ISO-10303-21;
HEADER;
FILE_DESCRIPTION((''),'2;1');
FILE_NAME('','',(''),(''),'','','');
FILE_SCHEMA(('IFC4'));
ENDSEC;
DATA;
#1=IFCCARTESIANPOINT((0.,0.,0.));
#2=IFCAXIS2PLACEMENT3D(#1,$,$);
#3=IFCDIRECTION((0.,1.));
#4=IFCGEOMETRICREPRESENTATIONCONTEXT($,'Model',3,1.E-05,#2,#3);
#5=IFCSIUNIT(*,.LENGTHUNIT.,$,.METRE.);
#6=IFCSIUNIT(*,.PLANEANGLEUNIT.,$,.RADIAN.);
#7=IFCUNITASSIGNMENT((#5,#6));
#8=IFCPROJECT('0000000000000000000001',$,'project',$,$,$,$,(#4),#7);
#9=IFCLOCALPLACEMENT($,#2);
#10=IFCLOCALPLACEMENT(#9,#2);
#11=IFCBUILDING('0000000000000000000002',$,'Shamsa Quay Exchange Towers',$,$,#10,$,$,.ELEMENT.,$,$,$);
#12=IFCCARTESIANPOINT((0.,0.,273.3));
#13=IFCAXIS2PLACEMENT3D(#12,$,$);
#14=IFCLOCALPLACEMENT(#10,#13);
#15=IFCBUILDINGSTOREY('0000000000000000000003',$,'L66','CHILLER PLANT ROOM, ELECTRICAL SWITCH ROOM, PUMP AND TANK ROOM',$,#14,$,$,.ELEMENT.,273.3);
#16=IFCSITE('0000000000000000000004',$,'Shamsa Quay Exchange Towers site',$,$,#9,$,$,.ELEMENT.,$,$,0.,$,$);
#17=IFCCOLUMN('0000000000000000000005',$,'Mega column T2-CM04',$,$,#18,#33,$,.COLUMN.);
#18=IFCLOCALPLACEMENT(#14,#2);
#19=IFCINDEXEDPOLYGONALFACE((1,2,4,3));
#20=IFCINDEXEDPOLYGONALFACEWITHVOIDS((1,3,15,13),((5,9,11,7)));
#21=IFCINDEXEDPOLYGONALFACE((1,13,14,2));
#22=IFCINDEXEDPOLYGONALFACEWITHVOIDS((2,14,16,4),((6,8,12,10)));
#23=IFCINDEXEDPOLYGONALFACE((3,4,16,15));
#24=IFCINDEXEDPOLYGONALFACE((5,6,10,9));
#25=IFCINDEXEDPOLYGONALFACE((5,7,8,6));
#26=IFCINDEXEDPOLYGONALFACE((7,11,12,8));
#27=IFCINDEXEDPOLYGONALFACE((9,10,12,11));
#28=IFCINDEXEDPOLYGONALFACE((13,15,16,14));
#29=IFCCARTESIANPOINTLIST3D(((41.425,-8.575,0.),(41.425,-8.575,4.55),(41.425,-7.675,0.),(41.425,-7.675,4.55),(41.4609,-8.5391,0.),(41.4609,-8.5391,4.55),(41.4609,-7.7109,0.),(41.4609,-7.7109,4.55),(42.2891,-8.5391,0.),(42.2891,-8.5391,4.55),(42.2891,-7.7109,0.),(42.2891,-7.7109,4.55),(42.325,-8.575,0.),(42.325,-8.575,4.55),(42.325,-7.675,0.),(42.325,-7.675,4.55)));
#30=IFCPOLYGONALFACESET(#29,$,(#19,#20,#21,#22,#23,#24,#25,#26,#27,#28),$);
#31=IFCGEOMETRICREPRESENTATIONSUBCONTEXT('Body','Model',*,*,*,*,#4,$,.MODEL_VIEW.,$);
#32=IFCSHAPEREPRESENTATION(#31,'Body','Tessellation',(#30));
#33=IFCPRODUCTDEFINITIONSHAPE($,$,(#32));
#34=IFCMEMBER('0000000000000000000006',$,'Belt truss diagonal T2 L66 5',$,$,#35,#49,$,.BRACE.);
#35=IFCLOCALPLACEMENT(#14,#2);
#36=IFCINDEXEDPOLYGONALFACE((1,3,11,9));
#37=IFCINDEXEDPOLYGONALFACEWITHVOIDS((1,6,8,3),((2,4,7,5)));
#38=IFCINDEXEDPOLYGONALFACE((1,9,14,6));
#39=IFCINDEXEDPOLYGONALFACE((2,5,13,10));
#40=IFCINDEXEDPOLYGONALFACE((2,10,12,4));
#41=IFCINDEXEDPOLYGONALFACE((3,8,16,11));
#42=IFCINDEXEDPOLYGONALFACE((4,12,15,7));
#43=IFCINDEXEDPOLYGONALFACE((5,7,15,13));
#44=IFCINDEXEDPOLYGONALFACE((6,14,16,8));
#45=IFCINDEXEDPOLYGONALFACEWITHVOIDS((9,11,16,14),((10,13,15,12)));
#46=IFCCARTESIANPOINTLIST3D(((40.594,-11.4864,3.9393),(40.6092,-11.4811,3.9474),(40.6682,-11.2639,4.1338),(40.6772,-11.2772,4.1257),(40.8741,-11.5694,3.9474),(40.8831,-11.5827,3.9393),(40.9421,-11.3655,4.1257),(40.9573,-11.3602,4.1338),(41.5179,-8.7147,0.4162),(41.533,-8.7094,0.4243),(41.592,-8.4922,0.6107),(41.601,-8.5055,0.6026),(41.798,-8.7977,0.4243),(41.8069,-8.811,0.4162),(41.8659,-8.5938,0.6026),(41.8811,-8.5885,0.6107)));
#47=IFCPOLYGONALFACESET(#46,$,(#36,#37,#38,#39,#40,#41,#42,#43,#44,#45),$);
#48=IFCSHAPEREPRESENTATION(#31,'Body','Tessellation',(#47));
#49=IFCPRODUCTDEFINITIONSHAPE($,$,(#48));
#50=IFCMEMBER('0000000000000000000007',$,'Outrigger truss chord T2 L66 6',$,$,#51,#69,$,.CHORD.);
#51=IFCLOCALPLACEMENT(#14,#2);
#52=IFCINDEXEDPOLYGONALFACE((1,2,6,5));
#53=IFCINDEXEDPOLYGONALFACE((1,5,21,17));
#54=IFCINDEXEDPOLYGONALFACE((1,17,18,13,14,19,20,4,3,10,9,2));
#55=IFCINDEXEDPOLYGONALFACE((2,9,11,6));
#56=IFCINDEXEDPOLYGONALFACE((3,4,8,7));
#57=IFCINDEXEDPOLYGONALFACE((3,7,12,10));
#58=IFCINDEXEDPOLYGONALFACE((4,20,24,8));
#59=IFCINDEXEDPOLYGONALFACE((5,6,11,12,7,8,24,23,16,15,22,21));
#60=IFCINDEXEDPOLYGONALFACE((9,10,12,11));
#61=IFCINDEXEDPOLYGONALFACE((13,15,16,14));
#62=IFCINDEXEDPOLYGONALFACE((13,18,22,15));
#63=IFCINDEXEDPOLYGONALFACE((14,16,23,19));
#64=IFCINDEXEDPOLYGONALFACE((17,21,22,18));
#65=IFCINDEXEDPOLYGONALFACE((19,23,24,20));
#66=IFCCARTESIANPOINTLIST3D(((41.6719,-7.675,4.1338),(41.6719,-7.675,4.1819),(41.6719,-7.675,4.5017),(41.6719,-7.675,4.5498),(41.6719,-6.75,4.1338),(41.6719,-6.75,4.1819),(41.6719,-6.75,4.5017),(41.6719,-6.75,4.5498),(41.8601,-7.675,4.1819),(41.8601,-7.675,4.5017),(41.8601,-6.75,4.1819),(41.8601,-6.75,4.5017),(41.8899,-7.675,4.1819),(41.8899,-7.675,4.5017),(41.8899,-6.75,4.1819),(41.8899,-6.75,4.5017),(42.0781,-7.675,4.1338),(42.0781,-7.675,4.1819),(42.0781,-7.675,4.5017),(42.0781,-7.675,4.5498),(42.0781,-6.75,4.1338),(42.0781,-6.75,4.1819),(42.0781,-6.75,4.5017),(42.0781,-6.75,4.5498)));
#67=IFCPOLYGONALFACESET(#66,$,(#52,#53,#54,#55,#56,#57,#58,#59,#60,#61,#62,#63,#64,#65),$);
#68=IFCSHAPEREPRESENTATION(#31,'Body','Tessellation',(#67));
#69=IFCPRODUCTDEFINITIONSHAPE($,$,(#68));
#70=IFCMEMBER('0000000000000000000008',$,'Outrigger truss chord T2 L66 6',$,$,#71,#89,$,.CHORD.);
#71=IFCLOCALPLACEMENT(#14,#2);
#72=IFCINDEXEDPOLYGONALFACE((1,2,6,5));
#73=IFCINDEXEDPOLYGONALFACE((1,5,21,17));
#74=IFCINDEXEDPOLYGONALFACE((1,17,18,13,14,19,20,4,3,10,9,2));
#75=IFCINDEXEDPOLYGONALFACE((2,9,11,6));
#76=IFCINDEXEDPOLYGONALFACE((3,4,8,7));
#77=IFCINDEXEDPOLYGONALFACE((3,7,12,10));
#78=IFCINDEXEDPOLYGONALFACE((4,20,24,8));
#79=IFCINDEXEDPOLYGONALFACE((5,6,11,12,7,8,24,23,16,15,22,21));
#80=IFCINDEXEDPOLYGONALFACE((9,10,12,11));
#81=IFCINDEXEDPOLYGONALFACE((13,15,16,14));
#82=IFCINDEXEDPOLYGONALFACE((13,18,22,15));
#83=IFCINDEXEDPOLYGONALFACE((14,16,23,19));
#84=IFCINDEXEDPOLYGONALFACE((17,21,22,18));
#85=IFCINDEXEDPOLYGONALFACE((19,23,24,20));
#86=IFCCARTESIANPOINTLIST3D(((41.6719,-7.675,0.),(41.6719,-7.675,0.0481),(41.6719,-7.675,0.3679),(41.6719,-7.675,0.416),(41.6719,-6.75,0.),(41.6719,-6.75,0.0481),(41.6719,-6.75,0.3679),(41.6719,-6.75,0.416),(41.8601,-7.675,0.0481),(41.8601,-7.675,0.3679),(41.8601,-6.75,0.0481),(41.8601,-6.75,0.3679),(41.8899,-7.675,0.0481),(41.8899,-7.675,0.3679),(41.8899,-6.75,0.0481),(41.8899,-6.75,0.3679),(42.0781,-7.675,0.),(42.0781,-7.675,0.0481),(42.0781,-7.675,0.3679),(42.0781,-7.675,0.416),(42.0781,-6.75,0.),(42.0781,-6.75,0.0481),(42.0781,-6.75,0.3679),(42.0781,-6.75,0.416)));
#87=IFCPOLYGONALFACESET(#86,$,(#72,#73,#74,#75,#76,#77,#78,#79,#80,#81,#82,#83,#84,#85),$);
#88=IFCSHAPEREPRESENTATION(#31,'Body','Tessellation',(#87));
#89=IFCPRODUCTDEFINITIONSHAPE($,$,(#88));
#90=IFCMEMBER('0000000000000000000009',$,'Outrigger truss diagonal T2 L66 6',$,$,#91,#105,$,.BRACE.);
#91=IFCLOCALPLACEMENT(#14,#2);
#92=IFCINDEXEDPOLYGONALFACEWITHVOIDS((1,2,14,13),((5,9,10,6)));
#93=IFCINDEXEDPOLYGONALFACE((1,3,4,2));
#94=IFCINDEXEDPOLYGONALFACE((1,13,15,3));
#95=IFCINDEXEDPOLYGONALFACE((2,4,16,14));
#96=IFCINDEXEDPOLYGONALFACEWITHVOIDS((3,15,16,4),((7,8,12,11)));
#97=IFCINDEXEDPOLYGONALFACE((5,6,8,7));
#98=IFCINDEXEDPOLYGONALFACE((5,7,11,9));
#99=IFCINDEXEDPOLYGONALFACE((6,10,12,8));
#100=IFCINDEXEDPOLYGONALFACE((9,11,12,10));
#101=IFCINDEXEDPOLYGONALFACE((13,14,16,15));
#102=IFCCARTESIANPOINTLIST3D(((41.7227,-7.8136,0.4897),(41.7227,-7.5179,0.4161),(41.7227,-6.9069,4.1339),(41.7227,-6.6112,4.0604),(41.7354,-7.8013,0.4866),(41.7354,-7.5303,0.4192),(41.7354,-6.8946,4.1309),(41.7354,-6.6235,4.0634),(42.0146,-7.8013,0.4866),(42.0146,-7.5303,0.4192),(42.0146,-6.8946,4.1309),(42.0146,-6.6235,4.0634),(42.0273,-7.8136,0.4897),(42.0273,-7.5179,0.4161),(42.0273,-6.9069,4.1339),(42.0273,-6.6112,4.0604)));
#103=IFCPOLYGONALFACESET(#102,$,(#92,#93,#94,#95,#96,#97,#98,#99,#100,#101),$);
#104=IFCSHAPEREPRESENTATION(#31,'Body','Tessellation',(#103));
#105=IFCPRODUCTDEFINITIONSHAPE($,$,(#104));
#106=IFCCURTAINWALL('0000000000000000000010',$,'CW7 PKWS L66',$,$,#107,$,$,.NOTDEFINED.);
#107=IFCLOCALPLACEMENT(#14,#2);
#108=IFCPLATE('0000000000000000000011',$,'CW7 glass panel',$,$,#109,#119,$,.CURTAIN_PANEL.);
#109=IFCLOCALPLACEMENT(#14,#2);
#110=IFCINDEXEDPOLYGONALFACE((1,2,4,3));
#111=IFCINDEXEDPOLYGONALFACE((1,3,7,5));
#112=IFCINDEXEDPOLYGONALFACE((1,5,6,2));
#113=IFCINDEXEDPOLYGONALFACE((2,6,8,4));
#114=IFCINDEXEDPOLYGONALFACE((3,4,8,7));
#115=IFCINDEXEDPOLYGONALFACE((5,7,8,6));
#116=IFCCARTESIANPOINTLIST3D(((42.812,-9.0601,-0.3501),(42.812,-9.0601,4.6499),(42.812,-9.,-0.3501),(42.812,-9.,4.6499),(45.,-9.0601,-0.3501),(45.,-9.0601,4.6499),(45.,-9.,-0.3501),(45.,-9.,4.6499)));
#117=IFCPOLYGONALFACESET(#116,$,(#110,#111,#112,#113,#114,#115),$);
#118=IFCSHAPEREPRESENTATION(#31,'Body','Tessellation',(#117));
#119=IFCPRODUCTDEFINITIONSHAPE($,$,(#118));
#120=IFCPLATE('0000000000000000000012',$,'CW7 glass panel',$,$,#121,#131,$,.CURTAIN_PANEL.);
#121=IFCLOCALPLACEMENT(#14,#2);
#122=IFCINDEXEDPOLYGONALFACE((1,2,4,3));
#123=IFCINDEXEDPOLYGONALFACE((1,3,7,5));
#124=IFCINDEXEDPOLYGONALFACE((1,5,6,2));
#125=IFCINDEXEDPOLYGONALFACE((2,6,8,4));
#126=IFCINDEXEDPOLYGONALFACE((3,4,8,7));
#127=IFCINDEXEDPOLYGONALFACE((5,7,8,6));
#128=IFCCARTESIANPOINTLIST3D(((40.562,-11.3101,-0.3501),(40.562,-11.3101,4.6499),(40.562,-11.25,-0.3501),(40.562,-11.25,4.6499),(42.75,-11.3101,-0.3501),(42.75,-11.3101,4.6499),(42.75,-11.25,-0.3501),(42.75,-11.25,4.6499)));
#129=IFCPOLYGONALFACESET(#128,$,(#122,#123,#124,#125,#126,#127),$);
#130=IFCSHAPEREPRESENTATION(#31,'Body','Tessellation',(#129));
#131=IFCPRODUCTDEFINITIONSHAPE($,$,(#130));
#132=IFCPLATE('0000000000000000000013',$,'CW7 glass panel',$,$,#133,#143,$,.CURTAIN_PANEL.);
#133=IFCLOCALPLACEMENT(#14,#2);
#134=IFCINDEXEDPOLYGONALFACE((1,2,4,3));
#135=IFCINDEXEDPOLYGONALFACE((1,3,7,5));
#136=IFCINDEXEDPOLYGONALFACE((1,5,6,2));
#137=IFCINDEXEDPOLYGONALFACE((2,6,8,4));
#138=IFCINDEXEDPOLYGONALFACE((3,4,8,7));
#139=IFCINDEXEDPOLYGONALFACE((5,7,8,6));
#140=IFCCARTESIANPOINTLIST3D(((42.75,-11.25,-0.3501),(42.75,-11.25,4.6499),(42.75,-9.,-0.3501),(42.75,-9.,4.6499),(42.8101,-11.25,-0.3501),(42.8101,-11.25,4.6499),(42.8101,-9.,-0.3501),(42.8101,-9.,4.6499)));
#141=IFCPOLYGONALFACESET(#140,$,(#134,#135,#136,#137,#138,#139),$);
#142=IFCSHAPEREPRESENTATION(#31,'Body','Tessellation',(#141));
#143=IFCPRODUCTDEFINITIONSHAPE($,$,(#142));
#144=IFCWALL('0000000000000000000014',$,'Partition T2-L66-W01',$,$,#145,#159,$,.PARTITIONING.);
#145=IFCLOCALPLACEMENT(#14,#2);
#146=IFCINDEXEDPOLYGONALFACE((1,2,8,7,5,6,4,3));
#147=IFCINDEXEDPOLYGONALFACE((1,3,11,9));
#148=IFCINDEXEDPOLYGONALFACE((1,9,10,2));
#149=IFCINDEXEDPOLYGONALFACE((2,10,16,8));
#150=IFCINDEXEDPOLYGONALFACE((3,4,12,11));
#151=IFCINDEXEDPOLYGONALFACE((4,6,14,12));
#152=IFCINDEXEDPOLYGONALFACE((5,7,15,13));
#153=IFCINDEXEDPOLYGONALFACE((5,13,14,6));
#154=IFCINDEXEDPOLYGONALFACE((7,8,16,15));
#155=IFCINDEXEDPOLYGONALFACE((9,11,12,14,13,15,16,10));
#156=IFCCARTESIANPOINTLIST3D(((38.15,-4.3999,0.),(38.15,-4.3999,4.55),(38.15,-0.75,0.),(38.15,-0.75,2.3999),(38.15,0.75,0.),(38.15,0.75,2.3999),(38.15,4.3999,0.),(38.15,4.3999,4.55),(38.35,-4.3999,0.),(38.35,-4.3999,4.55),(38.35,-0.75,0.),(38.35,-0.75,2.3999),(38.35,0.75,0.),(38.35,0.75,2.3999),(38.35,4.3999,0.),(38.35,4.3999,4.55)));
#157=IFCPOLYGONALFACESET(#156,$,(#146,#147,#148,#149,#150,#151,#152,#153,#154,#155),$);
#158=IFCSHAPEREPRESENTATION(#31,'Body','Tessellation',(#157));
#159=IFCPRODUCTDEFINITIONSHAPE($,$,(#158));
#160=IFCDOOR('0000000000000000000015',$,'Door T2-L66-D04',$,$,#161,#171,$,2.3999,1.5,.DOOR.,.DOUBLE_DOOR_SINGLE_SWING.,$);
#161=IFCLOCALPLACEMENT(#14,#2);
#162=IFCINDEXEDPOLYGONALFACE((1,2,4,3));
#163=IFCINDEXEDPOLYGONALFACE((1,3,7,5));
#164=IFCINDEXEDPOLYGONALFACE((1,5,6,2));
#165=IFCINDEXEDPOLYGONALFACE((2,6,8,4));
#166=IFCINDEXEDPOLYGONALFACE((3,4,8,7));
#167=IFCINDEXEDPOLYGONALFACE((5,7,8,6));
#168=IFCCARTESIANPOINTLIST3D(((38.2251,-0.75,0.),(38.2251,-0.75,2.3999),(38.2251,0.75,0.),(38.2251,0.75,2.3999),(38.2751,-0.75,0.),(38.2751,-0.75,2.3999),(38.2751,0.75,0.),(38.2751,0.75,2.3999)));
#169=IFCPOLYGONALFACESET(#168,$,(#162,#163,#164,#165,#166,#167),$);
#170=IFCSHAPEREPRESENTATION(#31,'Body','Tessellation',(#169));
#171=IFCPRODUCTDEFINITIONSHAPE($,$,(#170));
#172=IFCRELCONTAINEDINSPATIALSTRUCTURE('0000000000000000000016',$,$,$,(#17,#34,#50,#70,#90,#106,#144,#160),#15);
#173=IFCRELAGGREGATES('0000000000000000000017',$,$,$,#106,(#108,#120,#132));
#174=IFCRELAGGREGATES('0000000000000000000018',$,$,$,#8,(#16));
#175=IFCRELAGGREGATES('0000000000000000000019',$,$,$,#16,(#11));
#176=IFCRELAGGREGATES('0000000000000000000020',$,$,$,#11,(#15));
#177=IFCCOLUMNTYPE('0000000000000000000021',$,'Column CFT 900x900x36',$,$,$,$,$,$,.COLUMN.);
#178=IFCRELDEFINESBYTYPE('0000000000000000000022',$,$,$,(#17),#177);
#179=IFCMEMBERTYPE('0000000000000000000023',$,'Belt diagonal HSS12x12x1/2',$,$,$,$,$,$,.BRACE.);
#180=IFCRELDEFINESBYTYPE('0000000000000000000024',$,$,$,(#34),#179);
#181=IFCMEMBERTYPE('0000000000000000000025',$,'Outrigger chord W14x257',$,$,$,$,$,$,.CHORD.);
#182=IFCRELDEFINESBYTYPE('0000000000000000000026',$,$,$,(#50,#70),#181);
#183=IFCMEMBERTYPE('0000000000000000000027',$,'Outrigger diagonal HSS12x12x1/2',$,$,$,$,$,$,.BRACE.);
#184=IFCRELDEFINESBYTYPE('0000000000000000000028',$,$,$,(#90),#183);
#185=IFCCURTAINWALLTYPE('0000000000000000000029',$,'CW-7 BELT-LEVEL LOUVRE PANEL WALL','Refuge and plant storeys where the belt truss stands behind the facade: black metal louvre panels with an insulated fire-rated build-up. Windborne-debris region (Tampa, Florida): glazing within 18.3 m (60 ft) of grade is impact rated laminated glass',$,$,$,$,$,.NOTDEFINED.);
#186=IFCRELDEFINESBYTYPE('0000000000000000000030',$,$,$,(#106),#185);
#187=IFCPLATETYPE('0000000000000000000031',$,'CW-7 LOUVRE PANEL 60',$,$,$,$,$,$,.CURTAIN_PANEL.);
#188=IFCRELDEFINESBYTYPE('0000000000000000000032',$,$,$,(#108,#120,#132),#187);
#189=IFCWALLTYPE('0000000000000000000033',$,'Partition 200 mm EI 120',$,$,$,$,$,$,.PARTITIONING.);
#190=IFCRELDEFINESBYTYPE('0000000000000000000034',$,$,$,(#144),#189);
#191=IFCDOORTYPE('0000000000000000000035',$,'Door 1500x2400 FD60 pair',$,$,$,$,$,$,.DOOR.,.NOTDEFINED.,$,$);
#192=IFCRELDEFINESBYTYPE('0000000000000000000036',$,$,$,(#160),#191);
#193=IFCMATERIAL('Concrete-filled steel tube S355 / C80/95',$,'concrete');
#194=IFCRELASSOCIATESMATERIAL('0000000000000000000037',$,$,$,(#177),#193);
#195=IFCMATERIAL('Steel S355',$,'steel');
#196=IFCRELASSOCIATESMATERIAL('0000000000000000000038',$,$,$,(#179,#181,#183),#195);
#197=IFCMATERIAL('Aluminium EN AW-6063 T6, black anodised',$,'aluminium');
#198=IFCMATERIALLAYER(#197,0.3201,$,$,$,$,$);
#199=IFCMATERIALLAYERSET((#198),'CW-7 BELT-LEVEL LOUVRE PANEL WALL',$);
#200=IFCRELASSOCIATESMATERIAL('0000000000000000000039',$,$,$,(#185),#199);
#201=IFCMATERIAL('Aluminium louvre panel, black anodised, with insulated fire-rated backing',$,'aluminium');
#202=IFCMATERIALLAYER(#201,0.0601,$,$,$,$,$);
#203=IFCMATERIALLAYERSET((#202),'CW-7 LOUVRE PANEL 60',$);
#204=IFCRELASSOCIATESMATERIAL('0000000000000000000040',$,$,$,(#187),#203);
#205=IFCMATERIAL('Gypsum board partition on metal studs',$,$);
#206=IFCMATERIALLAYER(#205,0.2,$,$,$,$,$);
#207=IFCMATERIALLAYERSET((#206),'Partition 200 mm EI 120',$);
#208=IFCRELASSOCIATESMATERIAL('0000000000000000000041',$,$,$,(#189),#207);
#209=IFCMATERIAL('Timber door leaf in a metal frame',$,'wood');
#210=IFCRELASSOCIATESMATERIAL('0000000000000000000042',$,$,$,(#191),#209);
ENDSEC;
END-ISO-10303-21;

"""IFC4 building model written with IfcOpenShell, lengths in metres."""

from ifc_helpers import new_model, si_unit, direction, frame, frame_2d, origin, origin_2d, place, context, subcontext, project, spatial, rectangle, hollow_rectangle, i_section, extrude, material, layer, layer_set, material_profile, profile_set, type_object, element, fill, aggregate, save


model = new_model("IFC4")

# Units and contexts
model_context = context("Model", 3, precision=1e-05, world=origin(), true_north=direction((0.0, 1.0)))
body_context = subcontext(model_context, "Body", "Model", "MODEL_VIEW")
ifc_project = project(units=[si_unit("LENGTHUNIT", "METRE"), si_unit("PLANEANGLEUNIT", "RADIAN")], contexts=[model_context])

# Site, building, storey
site_placement = place(None, origin())
site = spatial("IfcSite", under=ifc_project, at=site_placement, Name="Shamsa Quay Exchange Towers site", CompositionType="ELEMENT", RefElevation=0.0)
building_placement = place(site_placement, origin())
building = spatial("IfcBuilding", under=site, at=building_placement, Name="Shamsa Quay Exchange Towers", CompositionType="ELEMENT")
storey_placement = place(building_placement, frame((0.0, 0.0, 273.3)))
storey = spatial("IfcBuildingStorey", under=building, at=storey_placement, Name="L66", Description="CHILLER PLANT ROOM, ELECTRICAL SWITCH ROOM, PUMP AND TANK ROOM", CompositionType="ELEMENT", Elevation=273.3)

# Column
ifc_material_1 = material(Name="Concrete-filled steel tube S355 / C80/95", Category="concrete")
ifc_material_profile_1 = material_profile(ifc_material_1, hollow_rectangle(XDim=0.8999, YDim=0.8999, WallThickness=0.0359, at=origin_2d()), Name="CFT 900x900x36")
ifc_profile_set_1 = profile_set([ifc_material_profile_1], Name="Concrete-filled steel tube S355 / C80/95")
column_type = type_object("IfcColumnType", Name="Column CFT 900x900x36", PredefinedType="COLUMN", material=ifc_profile_set_1)
column_placement = place(storey_placement, frame((41.875, -8.125, 0.0)))
element("IfcColumn", 1, at=column_placement, inside=storey, type_object=column_type, Name="Mega column T2-CM04", PredefinedType="COLUMN", context=body_context, shape_type="SweptSolid", body=[
    extrude(hollow_rectangle(XDim=0.8999, YDim=0.8999, WallThickness=0.0359, at=origin_2d()), origin(), (0.0, 0.0, 1.0), 4.55),
])

# Members
ifc_material_2 = material(Name="Steel S355", Category="steel")
ifc_material_profile_2 = material_profile(ifc_material_2, hollow_rectangle(XDim=0.3047, YDim=0.3047, WallThickness=0.0127, at=origin_2d()), Name="HSS12x12x1/2")
ifc_profile_set_2 = profile_set([ifc_material_profile_2], Name="Steel S355")
member_type_1 = type_object("IfcMemberType", Name="Belt diagonal HSS12x12x1/2", PredefinedType="BRACE", material=ifc_profile_set_2)
member_1_placement = place(storey_placement, frame((41.6995, -8.6516, 0.5134), z_axis=(-0.201842, -0.605579, 0.769762), x_axis=(0.948692, -0.316203, 0.0)))
element("IfcMember", 2, at=member_1_placement, inside=storey, type_object=member_type_1, Name="Belt truss diagonal T2 L66 5", PredefinedType="BRACE", context=body_context, shape_type="SweptSolid", body=[
    extrude(hollow_rectangle(XDim=0.3047, YDim=0.3047, WallThickness=0.0127, at=origin_2d()), origin(), (0.0, 0.0, 1.0), 4.5769),
])
ifc_material_profile_3 = material_profile(ifc_material_2, i_section(OverallWidth=0.4062, OverallDepth=0.416, WebThickness=0.0298, FlangeThickness=0.0481, at=origin_2d()), Name="W14x257")
ifc_profile_set_3 = profile_set([ifc_material_profile_3], Name="Steel S355")
member_type_2 = type_object("IfcMemberType", Name="Outrigger chord W14x257", PredefinedType="CHORD", material=ifc_profile_set_3)
for number, where, z_axis, x_axis, name in (
    (3, (41.875, -7.675, 4.3418), (0.0, 1.0, 0.0), (-1.0, 0.0, 0.0), "Outrigger truss chord T2 L66 6"),
    (4, (41.875, -7.675, 0.208), (0.0, 1.0, 0.0), (-1.0, 0.0, 0.0), "Outrigger truss chord T2 L66 6"),
):
    element("IfcMember", number, at=place(storey_placement, frame(where, z_axis=z_axis, x_axis=x_axis)), inside=storey, type_object=member_type_2, Name=name, PredefinedType="CHORD", context=body_context, shape_type="SweptSolid", body=[
        extrude(i_section(OverallWidth=0.4062, OverallDepth=0.416, WebThickness=0.0298, FlangeThickness=0.0481, at=origin_2d()), origin(), (0.0, 0.0, 1.0), 0.925),
    ])
ifc_material_profile_4 = material_profile(ifc_material_2, hollow_rectangle(XDim=0.3047, YDim=0.3047, WallThickness=0.0127, at=origin_2d()), Name="HSS12x12x1/2")
ifc_profile_set_4 = profile_set([ifc_material_profile_4], Name="Steel S355")
member_type_3 = type_object("IfcMemberType", Name="Outrigger diagonal HSS12x12x1/2", PredefinedType="BRACE", material=ifc_profile_set_4)
member_2_placement = place(storey_placement, frame((41.875, -7.6658, 0.4529), z_axis=(0.0, 0.241449, 0.970413), x_axis=(-1.0, 0.0, 0.0)))
element("IfcMember", 5, at=member_2_placement, inside=storey, type_object=member_type_3, Name="Outrigger truss diagonal T2 L66 6", PredefinedType="BRACE", context=body_context, shape_type="SweptSolid", body=[
    extrude(hollow_rectangle(XDim=0.3047, YDim=0.3047, WallThickness=0.0127, at=origin_2d()), origin(), (0.0, 0.0, 1.0), 3.7554),
])

# Curtain wall, plates
ifc_material_3 = material(Name="Aluminium EN AW-6063 T6, black anodised", Category="aluminium")
ifc_layer_1 = layer(ifc_material_3, 0.3201)
ifc_layer_set_1 = layer_set([ifc_layer_1], Name="CW-7 BELT-LEVEL LOUVRE PANEL WALL")
curtain_wall_type = type_object("IfcCurtainWallType", Name="CW-7 BELT-LEVEL LOUVRE PANEL WALL", Description="Refuge and plant storeys where the belt truss stands behind the facade: black metal louvre panels with an insulated fire-rated build-up. Windborne-debris region (Tampa, Florida): glazing within 18.3 m (60 ft) of grade is impact rated laminated glass", PredefinedType="NOTDEFINED", material=ifc_layer_set_1)
curtain_wall_placement = place(storey_placement, origin())
curtain_wall = element("IfcCurtainWall", 6, at=curtain_wall_placement, inside=storey, type_object=curtain_wall_type, Name="CW7 PKWS L66", PredefinedType="NOTDEFINED")
ifc_material_4 = material(Name="Aluminium louvre panel, black anodised, with insulated fire-rated backing", Category="aluminium")
ifc_layer_2 = layer(ifc_material_4, 0.0601)
ifc_layer_set_2 = layer_set([ifc_layer_2], Name="CW-7 LOUVRE PANEL 60")
plate_type = type_object("IfcPlateType", Name="CW-7 LOUVRE PANEL 60", PredefinedType="CURTAIN_PANEL", material=ifc_layer_set_2)
plate_1_placement = place(storey_placement, frame((43.906, -9.03, -0.3501)))
plate_1 = element("IfcPlate", 7, at=plate_1_placement, type_object=plate_type, Name="CW7 glass panel", PredefinedType="CURTAIN_PANEL", context=body_context, shape_type="SweptSolid", body=[
    extrude(rectangle(XDim=2.188, YDim=0.0601, at=origin_2d()), origin(), (0.0, 0.0, 1.0), 5.0),
])
plate_2_placement = place(storey_placement, frame((41.656, -11.28, -0.3501)))
plate_2 = element("IfcPlate", 8, at=plate_2_placement, type_object=plate_type, Name="CW7 glass panel", PredefinedType="CURTAIN_PANEL", context=body_context, shape_type="SweptSolid", body=[
    extrude(rectangle(XDim=2.188, YDim=0.0601, at=origin_2d()), origin(), (0.0, 0.0, 1.0), 5.0),
])
plate_3_placement = place(storey_placement, frame((42.78, -10.125, -0.3501), z_axis=(0.0, 0.0, 1.0), x_axis=(0.0, 1.0, 0.0)))
plate_3 = element("IfcPlate", 9, at=plate_3_placement, type_object=plate_type, Name="CW7 glass panel", PredefinedType="CURTAIN_PANEL", context=body_context, shape_type="SweptSolid", body=[
    extrude(rectangle(XDim=2.25, YDim=0.0601, at=origin_2d()), origin(), (0.0, 0.0, 1.0), 5.0),
])
aggregate(curtain_wall, [plate_1, plate_2, plate_3])

# Wall, opening, door
ifc_material_5 = material(Name="Gypsum board partition on metal studs")
ifc_layer_3 = layer(ifc_material_5, 0.2)
ifc_layer_set_3 = layer_set([ifc_layer_3], Name="Partition 200 mm EI 120")
wall_type_1 = type_object("IfcWallType", Name="Partition 200 mm EI 120", PredefinedType="PARTITIONING", material=ifc_layer_set_3)
wall_1_placement = place(storey_placement, frame((38.25, -4.3999, 0.0), z_axis=(0.0, 0.0, 1.0), x_axis=(0.0, 1.0, 0.0)))
wall_1 = element("IfcWall", 10, at=wall_1_placement, inside=storey, type_object=wall_type_1, Name="Partition T2-L66-W01", PredefinedType="PARTITIONING", context=body_context, shape_type="SweptSolid", body=[
    extrude(rectangle(XDim=8.7998, YDim=0.2, at=frame_2d((4.3999, 0.0))), origin(), (0.0, 0.0, 1.0), 4.55),
])
opening_1_placement = place(wall_1_placement, frame((3.6499, 0.0, 0.0)))
opening_1 = element("IfcOpeningElement", 11, at=opening_1_placement, cuts=wall_1, PredefinedType="OPENING", context=body_context, shape_type="SweptSolid", body=[
    extrude(rectangle(XDim=1.5, YDim=2.3999, at=frame_2d((0.75, 1.2))), frame((0.0, 0.1099, 0.0), z_axis=(0.0, -1.0, 0.0), x_axis=(1.0, 0.0, 0.0)), (0.0, 0.0, 1.0), 0.22),
])
ifc_material_6 = material(Name="Timber door leaf in a metal frame", Category="wood")
door_type_1 = type_object("IfcDoorType", Name="Door 1500x2400 FD60 pair", OperationType="NOTDEFINED", PredefinedType="DOOR", material=ifc_material_6)
door_1_placement = place(opening_1_placement, origin())
door_1 = element("IfcDoor", 12, at=door_1_placement, inside=storey, type_object=door_type_1, Name="Door T2-L66-D04", OperationType="DOUBLE_DOOR_SINGLE_SWING", OverallHeight=2.3999, OverallWidth=1.5, PredefinedType="DOOR", context=body_context, shape_type="SweptSolid", body=[
    extrude(rectangle(XDim=1.5, YDim=2.3999, at=frame_2d((0.75, 1.2))), frame((0.0, 0.0249, 0.0), z_axis=(0.0, -1.0, 0.0), x_axis=(1.0, 0.0, 0.0)), (0.0, 0.0, 1.0), 0.05),
])
fill(opening_1, door_1)

save(model, "model.ifc")
